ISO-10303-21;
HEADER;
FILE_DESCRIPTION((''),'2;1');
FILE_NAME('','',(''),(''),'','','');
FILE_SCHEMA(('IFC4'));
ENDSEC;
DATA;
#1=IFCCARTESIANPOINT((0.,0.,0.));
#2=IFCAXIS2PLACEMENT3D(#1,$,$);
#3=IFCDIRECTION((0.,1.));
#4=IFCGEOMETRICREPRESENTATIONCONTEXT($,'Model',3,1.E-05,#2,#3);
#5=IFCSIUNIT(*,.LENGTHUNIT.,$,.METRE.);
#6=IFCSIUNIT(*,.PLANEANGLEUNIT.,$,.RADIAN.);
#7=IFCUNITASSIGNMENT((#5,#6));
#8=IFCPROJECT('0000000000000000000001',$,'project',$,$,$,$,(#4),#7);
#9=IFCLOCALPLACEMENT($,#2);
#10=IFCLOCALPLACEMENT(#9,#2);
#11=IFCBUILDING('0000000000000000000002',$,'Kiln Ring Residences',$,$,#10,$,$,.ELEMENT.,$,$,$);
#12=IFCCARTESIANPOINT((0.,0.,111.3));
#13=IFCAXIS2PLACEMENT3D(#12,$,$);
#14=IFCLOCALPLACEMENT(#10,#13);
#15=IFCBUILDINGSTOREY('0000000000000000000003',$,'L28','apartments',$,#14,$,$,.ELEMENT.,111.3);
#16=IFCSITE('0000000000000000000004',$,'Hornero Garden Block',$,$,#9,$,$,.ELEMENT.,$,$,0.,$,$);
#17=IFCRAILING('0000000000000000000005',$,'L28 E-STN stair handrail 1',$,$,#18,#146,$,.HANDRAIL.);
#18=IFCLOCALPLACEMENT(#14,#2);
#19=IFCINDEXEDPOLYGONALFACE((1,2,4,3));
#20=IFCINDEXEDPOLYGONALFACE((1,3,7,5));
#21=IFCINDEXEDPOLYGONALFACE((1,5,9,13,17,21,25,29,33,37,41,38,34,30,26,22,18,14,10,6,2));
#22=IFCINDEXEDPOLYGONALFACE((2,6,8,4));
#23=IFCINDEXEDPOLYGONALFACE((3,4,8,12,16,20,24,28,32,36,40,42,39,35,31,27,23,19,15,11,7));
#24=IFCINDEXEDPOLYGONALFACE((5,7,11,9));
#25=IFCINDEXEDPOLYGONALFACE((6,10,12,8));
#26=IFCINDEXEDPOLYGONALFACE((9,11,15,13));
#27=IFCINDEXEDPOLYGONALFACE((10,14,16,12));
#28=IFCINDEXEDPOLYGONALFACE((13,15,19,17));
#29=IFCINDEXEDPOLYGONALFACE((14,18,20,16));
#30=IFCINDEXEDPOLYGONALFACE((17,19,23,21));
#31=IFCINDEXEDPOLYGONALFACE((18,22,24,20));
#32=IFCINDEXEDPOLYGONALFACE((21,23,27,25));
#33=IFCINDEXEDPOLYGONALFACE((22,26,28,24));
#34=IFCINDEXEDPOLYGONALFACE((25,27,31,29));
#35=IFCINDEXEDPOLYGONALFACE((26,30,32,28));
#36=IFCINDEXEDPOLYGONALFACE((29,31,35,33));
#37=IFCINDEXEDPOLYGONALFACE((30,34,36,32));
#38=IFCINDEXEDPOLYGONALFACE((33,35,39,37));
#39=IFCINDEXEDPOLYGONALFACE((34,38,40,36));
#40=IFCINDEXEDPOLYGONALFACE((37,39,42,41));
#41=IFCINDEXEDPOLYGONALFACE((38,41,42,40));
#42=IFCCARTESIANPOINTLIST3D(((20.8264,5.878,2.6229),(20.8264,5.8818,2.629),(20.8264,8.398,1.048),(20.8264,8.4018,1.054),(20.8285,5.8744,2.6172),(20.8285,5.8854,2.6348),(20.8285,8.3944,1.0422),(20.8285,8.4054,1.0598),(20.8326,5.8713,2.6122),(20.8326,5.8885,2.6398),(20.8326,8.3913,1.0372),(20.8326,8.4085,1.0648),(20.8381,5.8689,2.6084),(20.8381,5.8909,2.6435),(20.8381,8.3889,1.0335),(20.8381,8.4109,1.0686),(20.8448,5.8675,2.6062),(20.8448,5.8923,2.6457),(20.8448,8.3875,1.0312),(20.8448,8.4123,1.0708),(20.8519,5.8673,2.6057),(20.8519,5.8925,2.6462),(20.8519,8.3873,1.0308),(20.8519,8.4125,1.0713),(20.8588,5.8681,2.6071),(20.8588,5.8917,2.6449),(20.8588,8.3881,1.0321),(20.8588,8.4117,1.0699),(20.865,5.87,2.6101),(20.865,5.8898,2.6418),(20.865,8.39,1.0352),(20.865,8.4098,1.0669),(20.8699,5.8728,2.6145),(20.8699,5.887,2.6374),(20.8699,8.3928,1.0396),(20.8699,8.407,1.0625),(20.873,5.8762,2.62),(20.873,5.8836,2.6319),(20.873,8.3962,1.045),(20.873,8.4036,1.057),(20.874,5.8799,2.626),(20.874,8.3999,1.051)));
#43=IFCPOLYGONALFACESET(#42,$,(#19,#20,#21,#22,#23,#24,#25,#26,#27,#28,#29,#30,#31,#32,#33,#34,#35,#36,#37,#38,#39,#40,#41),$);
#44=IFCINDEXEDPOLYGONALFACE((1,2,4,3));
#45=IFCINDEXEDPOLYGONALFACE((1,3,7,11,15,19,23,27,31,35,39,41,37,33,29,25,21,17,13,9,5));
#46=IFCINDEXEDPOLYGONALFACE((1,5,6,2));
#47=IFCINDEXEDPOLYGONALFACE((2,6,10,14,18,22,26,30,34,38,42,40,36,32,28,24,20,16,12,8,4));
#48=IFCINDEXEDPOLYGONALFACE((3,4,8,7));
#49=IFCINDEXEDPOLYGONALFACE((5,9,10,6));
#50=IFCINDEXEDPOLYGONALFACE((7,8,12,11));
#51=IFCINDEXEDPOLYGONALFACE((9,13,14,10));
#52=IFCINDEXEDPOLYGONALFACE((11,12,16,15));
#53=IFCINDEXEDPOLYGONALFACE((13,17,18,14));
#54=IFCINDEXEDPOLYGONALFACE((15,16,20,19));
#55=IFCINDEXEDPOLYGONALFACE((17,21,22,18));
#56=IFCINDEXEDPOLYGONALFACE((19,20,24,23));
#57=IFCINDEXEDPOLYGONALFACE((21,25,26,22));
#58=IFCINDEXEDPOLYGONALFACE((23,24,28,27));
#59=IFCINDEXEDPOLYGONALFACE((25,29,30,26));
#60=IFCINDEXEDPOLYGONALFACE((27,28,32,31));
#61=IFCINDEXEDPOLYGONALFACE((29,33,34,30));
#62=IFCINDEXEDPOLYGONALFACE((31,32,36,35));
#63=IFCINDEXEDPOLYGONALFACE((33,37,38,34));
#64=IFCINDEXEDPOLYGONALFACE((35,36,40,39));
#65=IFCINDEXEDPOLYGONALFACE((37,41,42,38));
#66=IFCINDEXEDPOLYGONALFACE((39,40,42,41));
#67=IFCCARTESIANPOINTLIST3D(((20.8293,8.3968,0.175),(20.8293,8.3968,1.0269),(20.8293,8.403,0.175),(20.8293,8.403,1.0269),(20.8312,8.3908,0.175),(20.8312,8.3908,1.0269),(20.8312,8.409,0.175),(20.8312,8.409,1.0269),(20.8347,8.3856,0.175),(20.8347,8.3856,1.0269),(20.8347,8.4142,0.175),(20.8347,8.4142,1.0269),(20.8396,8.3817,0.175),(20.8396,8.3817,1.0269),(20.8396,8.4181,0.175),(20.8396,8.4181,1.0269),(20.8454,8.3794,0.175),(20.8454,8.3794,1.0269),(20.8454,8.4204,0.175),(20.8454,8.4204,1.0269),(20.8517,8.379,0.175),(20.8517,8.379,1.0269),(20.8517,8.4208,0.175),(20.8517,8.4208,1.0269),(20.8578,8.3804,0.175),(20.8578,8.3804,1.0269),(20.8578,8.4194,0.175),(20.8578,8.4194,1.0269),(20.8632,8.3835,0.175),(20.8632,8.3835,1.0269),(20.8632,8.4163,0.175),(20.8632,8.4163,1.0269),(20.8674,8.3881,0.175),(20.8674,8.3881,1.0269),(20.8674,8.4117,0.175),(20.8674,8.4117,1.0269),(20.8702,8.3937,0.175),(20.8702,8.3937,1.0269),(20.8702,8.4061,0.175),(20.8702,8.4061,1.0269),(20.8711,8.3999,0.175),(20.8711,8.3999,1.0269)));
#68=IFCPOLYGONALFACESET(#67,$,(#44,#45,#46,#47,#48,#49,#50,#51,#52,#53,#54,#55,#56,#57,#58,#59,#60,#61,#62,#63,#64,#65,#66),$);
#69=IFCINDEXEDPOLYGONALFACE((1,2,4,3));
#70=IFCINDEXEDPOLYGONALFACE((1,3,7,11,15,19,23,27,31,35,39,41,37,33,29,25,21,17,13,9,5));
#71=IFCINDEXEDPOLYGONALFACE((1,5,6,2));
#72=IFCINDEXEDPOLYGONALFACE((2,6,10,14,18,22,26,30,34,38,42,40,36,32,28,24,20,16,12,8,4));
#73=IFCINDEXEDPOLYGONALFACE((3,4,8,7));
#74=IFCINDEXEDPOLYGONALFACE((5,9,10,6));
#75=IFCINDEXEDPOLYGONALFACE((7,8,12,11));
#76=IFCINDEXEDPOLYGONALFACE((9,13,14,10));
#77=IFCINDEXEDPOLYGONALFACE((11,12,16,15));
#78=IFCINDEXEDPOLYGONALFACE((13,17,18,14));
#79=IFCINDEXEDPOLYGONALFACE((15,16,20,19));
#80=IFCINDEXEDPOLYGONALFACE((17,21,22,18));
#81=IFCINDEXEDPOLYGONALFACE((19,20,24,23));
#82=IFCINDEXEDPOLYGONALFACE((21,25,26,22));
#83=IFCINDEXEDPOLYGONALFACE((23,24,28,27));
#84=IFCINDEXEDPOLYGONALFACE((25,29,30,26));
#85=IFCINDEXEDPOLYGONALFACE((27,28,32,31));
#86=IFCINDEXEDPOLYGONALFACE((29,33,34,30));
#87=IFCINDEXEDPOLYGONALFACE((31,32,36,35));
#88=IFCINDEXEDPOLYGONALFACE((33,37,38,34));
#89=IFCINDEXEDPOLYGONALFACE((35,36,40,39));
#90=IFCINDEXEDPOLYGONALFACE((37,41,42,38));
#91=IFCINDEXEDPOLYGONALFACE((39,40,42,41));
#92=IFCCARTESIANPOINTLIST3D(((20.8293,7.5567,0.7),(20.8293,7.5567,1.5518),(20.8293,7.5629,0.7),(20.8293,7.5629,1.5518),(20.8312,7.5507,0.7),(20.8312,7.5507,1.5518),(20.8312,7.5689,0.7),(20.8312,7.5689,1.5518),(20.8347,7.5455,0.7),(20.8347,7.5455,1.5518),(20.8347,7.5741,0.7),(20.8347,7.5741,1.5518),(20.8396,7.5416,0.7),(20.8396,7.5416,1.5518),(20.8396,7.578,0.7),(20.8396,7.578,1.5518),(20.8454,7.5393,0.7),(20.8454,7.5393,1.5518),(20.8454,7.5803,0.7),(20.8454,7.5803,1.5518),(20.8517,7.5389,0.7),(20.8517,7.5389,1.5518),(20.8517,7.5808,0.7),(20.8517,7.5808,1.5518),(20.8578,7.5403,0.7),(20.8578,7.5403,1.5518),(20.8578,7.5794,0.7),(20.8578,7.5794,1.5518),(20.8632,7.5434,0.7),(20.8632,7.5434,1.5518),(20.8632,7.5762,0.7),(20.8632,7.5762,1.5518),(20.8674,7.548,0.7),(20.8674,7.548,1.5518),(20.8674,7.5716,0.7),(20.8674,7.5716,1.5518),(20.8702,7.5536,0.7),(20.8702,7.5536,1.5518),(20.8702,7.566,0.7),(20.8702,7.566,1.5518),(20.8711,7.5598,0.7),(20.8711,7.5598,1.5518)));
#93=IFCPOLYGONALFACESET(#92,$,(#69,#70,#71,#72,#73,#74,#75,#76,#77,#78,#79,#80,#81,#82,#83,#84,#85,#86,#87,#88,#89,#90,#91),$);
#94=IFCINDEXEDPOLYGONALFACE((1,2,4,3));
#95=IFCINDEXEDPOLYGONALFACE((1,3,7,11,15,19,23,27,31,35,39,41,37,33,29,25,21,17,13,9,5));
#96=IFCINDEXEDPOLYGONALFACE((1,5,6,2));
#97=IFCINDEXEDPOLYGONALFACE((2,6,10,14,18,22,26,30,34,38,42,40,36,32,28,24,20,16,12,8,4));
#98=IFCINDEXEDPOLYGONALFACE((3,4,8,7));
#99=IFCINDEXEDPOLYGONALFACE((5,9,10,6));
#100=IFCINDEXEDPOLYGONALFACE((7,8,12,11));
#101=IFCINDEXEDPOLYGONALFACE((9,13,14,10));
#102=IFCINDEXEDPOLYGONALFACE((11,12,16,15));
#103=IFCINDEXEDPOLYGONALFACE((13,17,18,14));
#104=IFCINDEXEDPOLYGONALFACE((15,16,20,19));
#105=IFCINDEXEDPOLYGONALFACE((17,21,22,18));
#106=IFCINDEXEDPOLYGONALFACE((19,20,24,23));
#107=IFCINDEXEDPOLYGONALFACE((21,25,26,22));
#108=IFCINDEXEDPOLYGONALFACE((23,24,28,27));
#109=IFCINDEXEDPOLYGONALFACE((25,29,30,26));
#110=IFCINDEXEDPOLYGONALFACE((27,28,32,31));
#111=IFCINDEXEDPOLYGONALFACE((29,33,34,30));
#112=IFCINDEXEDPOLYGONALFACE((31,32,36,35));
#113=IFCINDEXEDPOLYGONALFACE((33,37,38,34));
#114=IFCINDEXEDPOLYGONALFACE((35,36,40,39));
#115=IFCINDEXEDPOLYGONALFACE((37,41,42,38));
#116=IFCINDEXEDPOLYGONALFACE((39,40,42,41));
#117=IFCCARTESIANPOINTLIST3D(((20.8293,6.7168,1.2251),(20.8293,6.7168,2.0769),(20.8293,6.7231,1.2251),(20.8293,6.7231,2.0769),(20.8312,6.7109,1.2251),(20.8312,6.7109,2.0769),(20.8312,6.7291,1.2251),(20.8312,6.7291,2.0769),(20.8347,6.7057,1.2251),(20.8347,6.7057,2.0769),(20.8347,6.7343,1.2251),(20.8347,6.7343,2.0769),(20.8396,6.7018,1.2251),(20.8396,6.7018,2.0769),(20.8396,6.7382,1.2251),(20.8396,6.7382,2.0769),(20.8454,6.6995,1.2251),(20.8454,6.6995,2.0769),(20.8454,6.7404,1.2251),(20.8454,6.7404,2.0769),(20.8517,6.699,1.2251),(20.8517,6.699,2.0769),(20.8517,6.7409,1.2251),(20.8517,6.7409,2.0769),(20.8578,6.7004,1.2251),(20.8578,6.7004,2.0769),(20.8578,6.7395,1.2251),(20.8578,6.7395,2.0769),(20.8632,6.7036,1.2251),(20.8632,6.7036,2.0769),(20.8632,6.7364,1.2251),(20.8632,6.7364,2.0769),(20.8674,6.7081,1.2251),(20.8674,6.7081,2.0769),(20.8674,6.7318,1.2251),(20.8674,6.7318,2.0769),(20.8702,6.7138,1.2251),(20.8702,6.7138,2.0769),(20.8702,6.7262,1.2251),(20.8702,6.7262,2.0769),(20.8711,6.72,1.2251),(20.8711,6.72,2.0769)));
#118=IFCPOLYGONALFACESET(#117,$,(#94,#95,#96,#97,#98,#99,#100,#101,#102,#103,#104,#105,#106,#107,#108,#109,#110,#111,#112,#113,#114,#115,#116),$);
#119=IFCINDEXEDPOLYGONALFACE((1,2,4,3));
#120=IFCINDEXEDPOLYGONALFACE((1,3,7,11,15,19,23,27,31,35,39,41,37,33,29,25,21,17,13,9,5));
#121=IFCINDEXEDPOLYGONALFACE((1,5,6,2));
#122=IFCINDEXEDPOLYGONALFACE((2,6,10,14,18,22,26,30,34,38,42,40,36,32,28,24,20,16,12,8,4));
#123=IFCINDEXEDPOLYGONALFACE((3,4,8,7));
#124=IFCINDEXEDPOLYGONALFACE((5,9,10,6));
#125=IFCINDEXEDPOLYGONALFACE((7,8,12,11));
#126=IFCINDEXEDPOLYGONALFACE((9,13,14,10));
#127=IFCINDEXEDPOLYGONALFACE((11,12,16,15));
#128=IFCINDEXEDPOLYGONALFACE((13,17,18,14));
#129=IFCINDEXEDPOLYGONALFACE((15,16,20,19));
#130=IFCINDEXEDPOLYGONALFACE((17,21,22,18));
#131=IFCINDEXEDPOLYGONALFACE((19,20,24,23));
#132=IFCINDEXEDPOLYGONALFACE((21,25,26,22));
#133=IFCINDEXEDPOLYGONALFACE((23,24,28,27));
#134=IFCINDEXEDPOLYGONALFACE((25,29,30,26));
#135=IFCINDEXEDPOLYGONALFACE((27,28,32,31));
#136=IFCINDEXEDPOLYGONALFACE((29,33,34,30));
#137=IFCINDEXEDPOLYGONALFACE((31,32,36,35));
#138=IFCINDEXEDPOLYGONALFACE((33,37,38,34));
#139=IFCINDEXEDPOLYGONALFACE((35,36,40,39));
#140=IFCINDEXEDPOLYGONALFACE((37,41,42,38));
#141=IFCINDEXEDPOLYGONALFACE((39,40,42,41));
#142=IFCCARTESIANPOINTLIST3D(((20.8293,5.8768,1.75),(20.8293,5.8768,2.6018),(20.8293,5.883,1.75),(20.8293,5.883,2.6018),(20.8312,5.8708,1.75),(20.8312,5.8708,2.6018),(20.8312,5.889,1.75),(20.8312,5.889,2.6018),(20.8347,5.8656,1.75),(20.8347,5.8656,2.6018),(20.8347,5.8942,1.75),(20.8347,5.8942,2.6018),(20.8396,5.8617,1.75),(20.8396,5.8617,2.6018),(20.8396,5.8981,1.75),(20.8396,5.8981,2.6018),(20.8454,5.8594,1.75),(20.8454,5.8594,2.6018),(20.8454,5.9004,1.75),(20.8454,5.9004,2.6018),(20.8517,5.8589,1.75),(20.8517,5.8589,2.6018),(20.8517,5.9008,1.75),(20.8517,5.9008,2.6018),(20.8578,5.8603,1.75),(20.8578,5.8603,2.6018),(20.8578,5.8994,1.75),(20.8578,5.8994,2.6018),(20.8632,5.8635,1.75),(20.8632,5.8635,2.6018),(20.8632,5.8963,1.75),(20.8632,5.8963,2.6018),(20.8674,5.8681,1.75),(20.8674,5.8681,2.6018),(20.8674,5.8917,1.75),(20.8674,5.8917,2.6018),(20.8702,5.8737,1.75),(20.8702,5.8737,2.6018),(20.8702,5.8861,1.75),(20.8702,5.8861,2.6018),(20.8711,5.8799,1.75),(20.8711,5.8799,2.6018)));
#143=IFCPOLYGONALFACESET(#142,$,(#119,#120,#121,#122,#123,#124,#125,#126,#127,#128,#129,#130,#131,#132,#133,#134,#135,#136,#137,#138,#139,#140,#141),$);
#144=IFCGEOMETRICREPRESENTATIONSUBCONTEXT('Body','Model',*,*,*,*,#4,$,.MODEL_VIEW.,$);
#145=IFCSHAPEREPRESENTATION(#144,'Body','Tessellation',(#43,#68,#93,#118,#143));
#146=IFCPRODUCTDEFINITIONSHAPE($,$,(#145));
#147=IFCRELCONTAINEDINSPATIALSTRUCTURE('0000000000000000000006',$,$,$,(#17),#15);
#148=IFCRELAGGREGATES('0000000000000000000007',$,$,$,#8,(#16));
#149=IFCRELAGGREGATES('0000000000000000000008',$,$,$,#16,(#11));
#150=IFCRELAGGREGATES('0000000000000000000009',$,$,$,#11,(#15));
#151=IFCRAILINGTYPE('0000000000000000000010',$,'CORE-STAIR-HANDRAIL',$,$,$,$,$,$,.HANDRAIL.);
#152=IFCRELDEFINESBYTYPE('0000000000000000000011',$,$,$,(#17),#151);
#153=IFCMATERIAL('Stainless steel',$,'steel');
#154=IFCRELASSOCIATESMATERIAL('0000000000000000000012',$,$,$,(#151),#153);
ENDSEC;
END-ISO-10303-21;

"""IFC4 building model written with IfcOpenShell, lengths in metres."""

from ifc_helpers import new_model, si_unit, direction, frame, origin, origin_2d, place, context, subcontext, project, spatial, circle, extrude, material, type_object, element, save


model = new_model("IFC4")

# Units and contexts
model_context = context("Model", 3, precision=1e-05, world=origin(), true_north=direction((0.0, 1.0)))
body_context = subcontext(model_context, "Body", "Model", "MODEL_VIEW")
ifc_project = project(units=[si_unit("LENGTHUNIT", "METRE"), si_unit("PLANEANGLEUNIT", "RADIAN")], contexts=[model_context])

# Site, building, storey
site_placement = place(None, origin())
site = spatial("IfcSite", under=ifc_project, at=site_placement, Name="Hornero Garden Block", CompositionType="ELEMENT", RefElevation=0.0)
building_placement = place(site_placement, origin())
building = spatial("IfcBuilding", under=site, at=building_placement, Name="Kiln Ring Residences", CompositionType="ELEMENT")
storey_placement = place(building_placement, frame((0.0, 0.0, 111.3)))
storey = spatial("IfcBuildingStorey", under=building, at=storey_placement, Name="L28", Description="apartments", CompositionType="ELEMENT", Elevation=111.3)

# Railing
ifc_material_1 = material(Name="Stainless steel", Category="steel")
railing_type_1 = type_object("IfcRailingType", Name="CORE-STAIR-HANDRAIL", PredefinedType="HANDRAIL", material=ifc_material_1)
railing_1_placement = place(storey_placement, frame((20.8501, 8.3999, 0.175)))
element("IfcRailing", 1, at=railing_1_placement, inside=storey, type_object=railing_type_1, Name="L28 E-STN stair handrail 1", PredefinedType="HANDRAIL", context=body_context, shape_type="SweptSolid", body=[
    extrude(circle(Radius=0.0239, at=origin_2d()), frame((0.0, 0.0, 0.876), z_axis=(0.0, -0.848008, 0.529984), x_axis=(1.0, 0.0, 0.0)), (0.0, 0.0, 1.0), 2.9717),
    extrude(circle(Radius=0.021, at=origin_2d()), origin(), (0.0, 0.0, 1.0), 0.8518),
    extrude(circle(Radius=0.021, at=origin_2d()), frame((0.0, -0.8401, 0.5249)), (0.0, 0.0, 1.0), 0.8518),
    extrude(circle(Radius=0.021, at=origin_2d()), frame((0.0, -1.6799, 1.05)), (0.0, 0.0, 1.0), 0.8518),
    extrude(circle(Radius=0.021, at=origin_2d()), frame((0.0, -2.52, 1.575)), (0.0, 0.0, 1.0), 0.8518),
])

save(model, "model.ifc")
